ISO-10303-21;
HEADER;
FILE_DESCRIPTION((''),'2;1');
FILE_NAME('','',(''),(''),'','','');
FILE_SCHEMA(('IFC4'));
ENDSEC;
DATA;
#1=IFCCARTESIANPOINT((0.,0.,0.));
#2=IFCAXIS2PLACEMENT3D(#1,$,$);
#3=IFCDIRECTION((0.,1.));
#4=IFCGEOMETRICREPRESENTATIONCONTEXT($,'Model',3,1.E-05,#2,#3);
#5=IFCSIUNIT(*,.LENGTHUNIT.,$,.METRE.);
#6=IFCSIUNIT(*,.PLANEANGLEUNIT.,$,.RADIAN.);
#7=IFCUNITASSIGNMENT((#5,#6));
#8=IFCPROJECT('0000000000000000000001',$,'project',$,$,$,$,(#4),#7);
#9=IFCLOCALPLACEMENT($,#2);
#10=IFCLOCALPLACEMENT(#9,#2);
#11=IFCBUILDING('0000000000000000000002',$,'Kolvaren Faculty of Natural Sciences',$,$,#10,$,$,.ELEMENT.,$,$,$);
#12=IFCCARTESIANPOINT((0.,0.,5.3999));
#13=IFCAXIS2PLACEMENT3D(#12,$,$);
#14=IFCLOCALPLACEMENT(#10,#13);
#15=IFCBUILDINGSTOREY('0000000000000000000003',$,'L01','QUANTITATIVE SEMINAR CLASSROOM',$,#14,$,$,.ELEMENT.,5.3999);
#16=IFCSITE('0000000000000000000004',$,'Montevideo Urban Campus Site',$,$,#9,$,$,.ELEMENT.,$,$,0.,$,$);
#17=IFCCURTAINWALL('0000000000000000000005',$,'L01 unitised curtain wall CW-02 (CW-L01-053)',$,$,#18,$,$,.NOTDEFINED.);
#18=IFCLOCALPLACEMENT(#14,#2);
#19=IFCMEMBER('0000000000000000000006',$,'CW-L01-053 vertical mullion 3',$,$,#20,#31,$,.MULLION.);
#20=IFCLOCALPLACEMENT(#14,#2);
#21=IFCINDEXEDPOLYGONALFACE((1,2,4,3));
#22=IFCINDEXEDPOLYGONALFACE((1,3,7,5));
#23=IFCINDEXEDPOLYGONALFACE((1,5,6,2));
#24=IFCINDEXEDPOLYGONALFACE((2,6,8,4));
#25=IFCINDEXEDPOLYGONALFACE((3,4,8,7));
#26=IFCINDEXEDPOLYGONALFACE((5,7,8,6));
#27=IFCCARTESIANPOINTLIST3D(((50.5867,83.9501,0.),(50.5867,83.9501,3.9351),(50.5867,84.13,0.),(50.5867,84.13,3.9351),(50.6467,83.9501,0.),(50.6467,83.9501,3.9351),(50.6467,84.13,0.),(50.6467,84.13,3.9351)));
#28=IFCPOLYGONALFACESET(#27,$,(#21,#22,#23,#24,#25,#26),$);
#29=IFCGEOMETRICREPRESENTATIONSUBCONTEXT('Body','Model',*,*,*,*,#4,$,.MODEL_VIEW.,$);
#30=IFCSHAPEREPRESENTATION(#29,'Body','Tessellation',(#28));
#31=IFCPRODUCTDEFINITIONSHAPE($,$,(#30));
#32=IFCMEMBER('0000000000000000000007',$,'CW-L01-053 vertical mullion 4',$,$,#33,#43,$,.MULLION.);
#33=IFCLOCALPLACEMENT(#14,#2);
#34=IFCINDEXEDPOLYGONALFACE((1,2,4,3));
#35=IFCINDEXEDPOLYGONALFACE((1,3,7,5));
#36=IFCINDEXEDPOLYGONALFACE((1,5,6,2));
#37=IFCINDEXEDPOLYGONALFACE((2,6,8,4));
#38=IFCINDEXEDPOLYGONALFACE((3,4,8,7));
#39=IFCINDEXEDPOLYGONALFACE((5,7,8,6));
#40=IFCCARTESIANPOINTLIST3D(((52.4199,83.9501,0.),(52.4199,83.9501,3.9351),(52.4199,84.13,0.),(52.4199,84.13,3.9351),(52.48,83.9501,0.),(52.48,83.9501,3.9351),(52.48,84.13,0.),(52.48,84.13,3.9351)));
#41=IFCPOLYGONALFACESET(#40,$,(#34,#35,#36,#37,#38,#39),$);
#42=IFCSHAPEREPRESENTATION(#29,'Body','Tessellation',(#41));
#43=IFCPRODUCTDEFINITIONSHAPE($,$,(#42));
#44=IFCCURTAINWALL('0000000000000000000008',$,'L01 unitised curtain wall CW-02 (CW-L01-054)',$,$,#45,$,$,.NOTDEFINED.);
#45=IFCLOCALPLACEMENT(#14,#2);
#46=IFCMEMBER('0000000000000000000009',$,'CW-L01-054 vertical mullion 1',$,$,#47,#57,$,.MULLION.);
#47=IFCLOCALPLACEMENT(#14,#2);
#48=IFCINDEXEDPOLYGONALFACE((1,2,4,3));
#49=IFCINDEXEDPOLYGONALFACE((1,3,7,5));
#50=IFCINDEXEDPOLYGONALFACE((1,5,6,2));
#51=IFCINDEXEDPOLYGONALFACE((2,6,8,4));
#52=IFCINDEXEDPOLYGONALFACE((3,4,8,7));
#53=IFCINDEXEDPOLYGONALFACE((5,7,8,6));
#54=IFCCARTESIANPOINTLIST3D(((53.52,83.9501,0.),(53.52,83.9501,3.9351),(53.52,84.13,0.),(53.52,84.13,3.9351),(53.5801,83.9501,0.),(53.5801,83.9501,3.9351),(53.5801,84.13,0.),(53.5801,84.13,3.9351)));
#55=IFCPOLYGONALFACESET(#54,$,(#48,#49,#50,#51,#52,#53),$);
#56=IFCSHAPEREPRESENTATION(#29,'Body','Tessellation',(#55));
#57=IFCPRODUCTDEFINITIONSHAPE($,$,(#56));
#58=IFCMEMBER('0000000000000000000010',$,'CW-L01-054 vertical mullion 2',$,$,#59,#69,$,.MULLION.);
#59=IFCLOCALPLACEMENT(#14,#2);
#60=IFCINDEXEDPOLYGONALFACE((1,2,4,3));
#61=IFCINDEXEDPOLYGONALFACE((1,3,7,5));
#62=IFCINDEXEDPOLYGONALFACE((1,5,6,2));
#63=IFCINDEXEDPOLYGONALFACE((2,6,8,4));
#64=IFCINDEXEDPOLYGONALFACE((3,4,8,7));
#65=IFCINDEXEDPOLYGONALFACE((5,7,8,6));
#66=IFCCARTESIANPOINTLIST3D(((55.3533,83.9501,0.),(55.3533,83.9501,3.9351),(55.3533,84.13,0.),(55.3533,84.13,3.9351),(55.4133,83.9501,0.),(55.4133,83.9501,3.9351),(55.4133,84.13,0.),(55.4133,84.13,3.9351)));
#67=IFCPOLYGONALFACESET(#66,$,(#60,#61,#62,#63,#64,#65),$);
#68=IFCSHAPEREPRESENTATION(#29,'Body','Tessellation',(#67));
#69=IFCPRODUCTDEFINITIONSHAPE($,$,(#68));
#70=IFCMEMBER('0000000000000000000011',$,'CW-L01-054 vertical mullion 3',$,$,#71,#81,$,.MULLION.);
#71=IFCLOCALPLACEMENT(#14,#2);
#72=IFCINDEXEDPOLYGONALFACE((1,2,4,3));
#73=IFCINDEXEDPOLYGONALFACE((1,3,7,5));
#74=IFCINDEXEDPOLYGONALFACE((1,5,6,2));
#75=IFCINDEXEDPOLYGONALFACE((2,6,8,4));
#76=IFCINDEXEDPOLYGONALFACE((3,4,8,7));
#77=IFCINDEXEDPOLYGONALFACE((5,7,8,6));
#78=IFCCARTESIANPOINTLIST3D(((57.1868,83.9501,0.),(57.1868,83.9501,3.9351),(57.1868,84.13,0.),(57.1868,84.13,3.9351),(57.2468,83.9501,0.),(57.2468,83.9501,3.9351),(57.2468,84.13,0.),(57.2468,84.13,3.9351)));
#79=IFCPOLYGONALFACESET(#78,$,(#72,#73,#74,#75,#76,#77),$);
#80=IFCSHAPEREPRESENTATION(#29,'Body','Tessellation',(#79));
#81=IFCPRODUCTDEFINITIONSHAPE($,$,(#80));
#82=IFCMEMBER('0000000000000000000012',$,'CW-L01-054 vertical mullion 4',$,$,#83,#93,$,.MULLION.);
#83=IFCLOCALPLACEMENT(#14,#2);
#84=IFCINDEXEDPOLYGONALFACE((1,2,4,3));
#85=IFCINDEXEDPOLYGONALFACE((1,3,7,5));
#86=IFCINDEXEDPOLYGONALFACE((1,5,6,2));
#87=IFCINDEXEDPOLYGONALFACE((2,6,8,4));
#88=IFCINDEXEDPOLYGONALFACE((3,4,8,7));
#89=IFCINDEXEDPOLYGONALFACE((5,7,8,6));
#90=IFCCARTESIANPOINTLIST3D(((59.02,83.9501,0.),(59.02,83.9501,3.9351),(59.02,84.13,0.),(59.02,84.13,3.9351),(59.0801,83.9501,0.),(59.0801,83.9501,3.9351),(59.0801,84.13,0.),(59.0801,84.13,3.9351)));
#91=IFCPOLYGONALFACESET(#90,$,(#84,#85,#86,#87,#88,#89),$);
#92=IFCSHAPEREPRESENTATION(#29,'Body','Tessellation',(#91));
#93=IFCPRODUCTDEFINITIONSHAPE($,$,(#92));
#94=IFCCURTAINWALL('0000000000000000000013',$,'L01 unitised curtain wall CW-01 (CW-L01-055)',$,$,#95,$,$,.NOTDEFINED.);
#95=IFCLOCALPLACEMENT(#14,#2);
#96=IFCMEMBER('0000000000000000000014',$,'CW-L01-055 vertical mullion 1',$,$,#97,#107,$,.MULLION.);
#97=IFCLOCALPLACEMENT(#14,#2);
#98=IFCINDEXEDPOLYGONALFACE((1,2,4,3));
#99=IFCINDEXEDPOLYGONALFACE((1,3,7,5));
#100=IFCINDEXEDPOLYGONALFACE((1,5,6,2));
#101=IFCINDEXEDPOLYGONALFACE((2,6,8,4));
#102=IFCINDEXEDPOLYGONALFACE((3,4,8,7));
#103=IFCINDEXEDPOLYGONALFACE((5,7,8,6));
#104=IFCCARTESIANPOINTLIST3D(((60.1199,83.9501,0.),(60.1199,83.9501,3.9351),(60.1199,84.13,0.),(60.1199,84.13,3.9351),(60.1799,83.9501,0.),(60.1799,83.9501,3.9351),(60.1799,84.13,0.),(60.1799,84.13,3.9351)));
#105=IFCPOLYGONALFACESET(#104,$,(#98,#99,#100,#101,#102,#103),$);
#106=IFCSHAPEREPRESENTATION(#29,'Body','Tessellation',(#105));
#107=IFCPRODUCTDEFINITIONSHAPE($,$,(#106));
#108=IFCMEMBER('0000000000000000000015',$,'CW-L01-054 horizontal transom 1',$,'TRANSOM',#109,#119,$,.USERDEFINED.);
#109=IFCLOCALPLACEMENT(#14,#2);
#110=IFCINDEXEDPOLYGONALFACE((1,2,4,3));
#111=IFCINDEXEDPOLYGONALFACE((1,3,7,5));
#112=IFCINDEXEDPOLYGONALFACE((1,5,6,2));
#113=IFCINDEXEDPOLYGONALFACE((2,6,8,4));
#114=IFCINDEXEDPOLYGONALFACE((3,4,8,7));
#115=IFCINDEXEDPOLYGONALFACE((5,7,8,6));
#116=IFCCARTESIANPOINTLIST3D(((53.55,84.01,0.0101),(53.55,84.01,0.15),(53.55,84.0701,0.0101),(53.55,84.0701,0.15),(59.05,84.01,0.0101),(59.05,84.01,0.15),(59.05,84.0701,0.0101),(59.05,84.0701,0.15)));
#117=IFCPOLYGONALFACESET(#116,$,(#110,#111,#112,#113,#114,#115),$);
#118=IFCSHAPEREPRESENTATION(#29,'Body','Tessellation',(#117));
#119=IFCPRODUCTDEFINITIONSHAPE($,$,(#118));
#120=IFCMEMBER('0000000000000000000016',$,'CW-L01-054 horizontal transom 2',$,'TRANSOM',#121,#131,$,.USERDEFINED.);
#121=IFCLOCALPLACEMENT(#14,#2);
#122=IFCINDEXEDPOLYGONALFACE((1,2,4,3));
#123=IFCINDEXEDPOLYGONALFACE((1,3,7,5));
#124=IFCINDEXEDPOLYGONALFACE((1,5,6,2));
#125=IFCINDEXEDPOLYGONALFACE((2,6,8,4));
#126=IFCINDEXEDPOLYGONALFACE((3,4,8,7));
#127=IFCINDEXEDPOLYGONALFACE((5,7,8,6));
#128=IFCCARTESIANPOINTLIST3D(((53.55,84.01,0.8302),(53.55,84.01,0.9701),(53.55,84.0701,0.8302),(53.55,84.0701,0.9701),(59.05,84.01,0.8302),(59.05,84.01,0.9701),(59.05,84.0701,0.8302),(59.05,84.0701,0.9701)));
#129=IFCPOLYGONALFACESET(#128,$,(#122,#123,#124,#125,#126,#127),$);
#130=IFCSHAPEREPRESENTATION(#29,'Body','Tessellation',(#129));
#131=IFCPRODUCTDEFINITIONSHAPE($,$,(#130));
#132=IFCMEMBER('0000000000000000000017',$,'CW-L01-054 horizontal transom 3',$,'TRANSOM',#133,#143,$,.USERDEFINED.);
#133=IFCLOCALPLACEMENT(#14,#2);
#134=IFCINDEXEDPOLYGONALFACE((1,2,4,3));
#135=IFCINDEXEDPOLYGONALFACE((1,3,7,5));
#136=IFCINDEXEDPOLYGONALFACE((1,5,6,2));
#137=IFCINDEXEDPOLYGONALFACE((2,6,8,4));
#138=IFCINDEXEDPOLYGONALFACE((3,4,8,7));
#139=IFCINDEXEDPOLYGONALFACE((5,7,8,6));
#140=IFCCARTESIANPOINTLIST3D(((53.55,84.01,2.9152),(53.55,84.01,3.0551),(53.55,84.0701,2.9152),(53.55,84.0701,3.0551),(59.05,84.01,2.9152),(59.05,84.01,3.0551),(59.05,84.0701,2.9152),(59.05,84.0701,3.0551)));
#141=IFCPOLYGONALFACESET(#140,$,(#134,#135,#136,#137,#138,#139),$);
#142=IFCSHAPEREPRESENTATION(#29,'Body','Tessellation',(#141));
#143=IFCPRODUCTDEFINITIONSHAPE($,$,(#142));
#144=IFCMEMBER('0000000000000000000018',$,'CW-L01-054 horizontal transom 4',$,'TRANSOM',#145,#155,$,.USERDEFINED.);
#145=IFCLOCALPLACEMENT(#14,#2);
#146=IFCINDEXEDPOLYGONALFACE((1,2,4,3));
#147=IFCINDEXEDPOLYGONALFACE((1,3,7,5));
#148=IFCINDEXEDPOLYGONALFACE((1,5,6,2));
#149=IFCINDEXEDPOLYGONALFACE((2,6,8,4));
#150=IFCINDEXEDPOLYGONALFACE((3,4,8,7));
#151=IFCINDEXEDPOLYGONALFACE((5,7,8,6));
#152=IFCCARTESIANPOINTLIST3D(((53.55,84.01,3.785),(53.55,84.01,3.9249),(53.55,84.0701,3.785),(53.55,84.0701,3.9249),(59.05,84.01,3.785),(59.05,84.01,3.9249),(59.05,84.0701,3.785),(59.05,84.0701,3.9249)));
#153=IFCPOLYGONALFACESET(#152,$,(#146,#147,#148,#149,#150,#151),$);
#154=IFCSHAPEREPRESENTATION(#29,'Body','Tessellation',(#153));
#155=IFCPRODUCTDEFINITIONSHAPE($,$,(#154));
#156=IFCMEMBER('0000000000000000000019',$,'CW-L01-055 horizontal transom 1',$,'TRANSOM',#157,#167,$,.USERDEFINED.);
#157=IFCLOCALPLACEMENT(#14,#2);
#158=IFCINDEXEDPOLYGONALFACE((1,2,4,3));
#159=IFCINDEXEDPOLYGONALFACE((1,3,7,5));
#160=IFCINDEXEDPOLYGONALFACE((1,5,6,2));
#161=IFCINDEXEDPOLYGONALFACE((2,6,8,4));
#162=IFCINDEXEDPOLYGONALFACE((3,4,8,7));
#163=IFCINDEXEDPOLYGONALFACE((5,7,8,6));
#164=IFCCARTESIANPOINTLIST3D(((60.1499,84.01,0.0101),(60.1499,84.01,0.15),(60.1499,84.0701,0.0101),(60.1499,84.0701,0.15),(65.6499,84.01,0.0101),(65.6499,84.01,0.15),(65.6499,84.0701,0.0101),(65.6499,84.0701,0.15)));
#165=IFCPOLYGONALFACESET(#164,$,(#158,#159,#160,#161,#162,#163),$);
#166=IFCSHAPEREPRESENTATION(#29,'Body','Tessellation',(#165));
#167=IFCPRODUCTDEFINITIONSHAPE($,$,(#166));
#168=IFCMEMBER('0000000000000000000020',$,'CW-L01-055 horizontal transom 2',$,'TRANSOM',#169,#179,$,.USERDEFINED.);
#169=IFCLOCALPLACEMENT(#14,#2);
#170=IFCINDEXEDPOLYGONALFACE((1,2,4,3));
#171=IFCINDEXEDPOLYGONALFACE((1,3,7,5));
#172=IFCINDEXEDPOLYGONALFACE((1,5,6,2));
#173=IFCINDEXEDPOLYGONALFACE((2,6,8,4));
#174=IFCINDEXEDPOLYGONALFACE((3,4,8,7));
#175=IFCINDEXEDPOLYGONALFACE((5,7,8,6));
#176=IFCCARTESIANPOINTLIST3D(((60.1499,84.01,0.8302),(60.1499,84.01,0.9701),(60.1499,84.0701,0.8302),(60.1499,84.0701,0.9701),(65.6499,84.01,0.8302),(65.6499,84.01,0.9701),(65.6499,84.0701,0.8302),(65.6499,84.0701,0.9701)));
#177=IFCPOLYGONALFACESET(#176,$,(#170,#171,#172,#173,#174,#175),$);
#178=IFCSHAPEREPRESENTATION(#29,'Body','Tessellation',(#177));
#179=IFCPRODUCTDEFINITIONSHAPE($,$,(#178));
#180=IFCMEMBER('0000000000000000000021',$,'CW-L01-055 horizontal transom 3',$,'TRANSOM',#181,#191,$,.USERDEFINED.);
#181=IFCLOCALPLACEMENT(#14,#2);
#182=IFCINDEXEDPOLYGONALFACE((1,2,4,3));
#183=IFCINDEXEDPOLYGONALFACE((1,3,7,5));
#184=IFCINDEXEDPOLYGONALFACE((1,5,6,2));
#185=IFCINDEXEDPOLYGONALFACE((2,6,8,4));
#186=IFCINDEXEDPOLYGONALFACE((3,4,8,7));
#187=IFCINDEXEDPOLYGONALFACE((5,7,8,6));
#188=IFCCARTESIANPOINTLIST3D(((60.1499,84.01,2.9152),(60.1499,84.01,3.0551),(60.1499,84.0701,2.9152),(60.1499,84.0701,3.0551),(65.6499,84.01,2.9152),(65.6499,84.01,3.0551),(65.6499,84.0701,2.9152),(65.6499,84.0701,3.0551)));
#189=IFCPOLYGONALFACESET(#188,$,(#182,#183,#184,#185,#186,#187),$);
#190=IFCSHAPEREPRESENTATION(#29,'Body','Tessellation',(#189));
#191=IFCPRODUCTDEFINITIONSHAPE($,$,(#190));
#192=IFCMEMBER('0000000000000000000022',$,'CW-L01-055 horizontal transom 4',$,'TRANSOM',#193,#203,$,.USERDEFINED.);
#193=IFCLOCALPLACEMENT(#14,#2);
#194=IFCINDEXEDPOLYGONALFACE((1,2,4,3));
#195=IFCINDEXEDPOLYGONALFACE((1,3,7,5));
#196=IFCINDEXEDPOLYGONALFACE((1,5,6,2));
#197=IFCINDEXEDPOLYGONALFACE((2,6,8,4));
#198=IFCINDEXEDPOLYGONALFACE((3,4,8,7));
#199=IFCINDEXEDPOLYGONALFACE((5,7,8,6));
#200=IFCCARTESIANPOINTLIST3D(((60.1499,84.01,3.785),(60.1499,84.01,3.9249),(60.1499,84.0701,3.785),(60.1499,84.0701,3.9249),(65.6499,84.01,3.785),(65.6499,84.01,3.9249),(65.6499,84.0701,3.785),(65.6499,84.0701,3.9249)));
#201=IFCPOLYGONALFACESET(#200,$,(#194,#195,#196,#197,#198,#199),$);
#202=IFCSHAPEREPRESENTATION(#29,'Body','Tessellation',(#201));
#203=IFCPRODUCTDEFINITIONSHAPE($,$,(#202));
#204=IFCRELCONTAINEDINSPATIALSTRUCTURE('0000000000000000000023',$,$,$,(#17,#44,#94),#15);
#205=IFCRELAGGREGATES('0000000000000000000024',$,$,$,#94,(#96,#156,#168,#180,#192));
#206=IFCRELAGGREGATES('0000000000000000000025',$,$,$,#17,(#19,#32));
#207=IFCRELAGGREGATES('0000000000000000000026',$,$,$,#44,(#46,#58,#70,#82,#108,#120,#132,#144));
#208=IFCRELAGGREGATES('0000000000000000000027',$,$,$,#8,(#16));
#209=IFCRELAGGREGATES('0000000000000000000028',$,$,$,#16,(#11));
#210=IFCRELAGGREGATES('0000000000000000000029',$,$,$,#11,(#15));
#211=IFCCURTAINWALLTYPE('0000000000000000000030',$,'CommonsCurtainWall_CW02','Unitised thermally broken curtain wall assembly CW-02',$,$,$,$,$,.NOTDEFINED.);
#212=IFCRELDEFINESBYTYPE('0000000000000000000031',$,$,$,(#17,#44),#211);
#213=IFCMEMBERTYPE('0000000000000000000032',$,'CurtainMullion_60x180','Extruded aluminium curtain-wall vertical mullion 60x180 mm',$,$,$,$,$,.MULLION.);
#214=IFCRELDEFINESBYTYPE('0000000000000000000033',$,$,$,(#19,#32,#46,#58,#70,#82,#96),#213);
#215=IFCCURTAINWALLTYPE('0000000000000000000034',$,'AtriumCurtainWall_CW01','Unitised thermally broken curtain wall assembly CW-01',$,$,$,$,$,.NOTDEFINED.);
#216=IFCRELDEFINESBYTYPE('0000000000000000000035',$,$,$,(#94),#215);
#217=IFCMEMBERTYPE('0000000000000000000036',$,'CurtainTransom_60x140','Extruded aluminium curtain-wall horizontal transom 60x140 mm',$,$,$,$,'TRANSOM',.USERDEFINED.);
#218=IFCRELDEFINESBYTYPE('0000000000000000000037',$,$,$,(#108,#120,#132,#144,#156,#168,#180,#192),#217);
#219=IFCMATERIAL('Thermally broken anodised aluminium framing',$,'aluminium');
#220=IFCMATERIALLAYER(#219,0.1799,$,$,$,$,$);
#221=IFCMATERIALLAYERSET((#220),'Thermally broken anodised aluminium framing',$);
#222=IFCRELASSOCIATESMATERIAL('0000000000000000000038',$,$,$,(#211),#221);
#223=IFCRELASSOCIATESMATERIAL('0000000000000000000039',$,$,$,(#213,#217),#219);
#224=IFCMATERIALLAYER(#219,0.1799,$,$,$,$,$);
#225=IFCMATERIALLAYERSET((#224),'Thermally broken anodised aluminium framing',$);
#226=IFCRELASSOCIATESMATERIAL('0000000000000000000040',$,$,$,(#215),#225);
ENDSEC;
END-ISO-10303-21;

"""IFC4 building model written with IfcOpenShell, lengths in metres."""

from ifc_helpers import new_model, si_unit, direction, frame, origin, origin_2d, place, context, subcontext, project, spatial, rectangle, extrude, material, layer, layer_set, material_profile, profile_set, type_object, element, aggregate, save


model = new_model("IFC4")

# Units and contexts
model_context = context("Model", 3, precision=1e-05, world=origin(), true_north=direction((0.0, 1.0)))
body_context = subcontext(model_context, "Body", "Model", "MODEL_VIEW")
ifc_project = project(units=[si_unit("LENGTHUNIT", "METRE"), si_unit("PLANEANGLEUNIT", "RADIAN")], contexts=[model_context])

# Site, building, storey
site_placement = place(None, origin())
site = spatial("IfcSite", under=ifc_project, at=site_placement, Name="Montevideo Urban Campus Site", CompositionType="ELEMENT", RefElevation=0.0)
building_placement = place(site_placement, origin())
building = spatial("IfcBuilding", under=site, at=building_placement, Name="Kolvaren Faculty of Natural Sciences", CompositionType="ELEMENT")
storey_placement = place(building_placement, frame((0.0, 0.0, 5.3999)))
storey = spatial("IfcBuildingStorey", under=building, at=storey_placement, Name="L01", Description="QUANTITATIVE SEMINAR CLASSROOM", CompositionType="ELEMENT", Elevation=5.3999)

# Curtain walls, members
ifc_material_1 = material(Name="Thermally broken anodised aluminium framing", Category="aluminium")
ifc_layer_1 = layer(ifc_material_1, 0.1799)
ifc_layer_set_1 = layer_set([ifc_layer_1], Name="Thermally broken anodised aluminium framing")
curtain_wall_type_1 = type_object("IfcCurtainWallType", Name="CommonsCurtainWall_CW02", Description="Unitised thermally broken curtain wall assembly CW-02", PredefinedType="NOTDEFINED", material=ifc_layer_set_1)
curtain_wall_1_placement = place(storey_placement, origin())
curtain_wall_1 = element("IfcCurtainWall", 1, at=curtain_wall_1_placement, inside=storey, type_object=curtain_wall_type_1, Name="L01 unitised curtain wall CW-02 (CW-L01-053)", PredefinedType="NOTDEFINED")
ifc_material_profile_1 = material_profile(ifc_material_1, rectangle(XDim=0.0601, YDim=0.1799, at=origin_2d()), Name="ALU MUL 60x180")
ifc_profile_set_1 = profile_set([ifc_material_profile_1], Name="Thermally broken anodised aluminium framing")
member_type_1 = type_object("IfcMemberType", Name="CurtainMullion_60x180", Description="Extruded aluminium curtain-wall vertical mullion 60x180 mm", PredefinedType="MULLION", material=ifc_profile_set_1)
member_1_placement = place(storey_placement, frame((50.6167, 84.04, 0.0), z_axis=(0.0, 0.0, 1.0), x_axis=(1.0, 0.0, 0.0)))
member_1 = element("IfcMember", 2, at=member_1_placement, type_object=member_type_1, Name="CW-L01-053 vertical mullion 3", PredefinedType="MULLION", context=body_context, shape_type="SweptSolid", body=[
    extrude(rectangle(XDim=0.0601, YDim=0.1799, at=origin_2d()), origin(), (0.0, 0.0, 1.0), 3.9351),
])
member_2_placement = place(storey_placement, frame((52.45, 84.04, 0.0), z_axis=(0.0, 0.0, 1.0), x_axis=(1.0, 0.0, 0.0)))
member_2 = element("IfcMember", 3, at=member_2_placement, type_object=member_type_1, Name="CW-L01-053 vertical mullion 4", PredefinedType="MULLION", context=body_context, shape_type="SweptSolid", body=[
    extrude(rectangle(XDim=0.0601, YDim=0.1799, at=origin_2d()), origin(), (0.0, 0.0, 1.0), 3.9351),
])
curtain_wall_2_placement = place(storey_placement, origin())
curtain_wall_2 = element("IfcCurtainWall", 4, at=curtain_wall_2_placement, inside=storey, type_object=curtain_wall_type_1, Name="L01 unitised curtain wall CW-02 (CW-L01-054)", PredefinedType="NOTDEFINED")
member_3_placement = place(storey_placement, frame((53.55, 84.04, 0.0), z_axis=(0.0, 0.0, 1.0), x_axis=(1.0, 0.0, 0.0)))
member_3 = element("IfcMember", 5, at=member_3_placement, type_object=member_type_1, Name="CW-L01-054 vertical mullion 1", PredefinedType="MULLION", context=body_context, shape_type="SweptSolid", body=[
    extrude(rectangle(XDim=0.0601, YDim=0.1799, at=origin_2d()), origin(), (0.0, 0.0, 1.0), 3.9351),
])
member_4_placement = place(storey_placement, frame((55.3833, 84.04, 0.0), z_axis=(0.0, 0.0, 1.0), x_axis=(1.0, 0.0, 0.0)))
member_4 = element("IfcMember", 6, at=member_4_placement, type_object=member_type_1, Name="CW-L01-054 vertical mullion 2", PredefinedType="MULLION", context=body_context, shape_type="SweptSolid", body=[
    extrude(rectangle(XDim=0.0601, YDim=0.1799, at=origin_2d()), origin(), (0.0, 0.0, 1.0), 3.9351),
])
member_5_placement = place(storey_placement, frame((57.2168, 84.04, 0.0), z_axis=(0.0, 0.0, 1.0), x_axis=(1.0, 0.0, 0.0)))
member_5 = element("IfcMember", 7, at=member_5_placement, type_object=member_type_1, Name="CW-L01-054 vertical mullion 3", PredefinedType="MULLION", context=body_context, shape_type="SweptSolid", body=[
    extrude(rectangle(XDim=0.0601, YDim=0.1799, at=origin_2d()), origin(), (0.0, 0.0, 1.0), 3.9351),
])
member_6_placement = place(storey_placement, frame((59.05, 84.04, 0.0), z_axis=(0.0, 0.0, 1.0), x_axis=(1.0, 0.0, 0.0)))
member_6 = element("IfcMember", 8, at=member_6_placement, type_object=member_type_1, Name="CW-L01-054 vertical mullion 4", PredefinedType="MULLION", context=body_context, shape_type="SweptSolid", body=[
    extrude(rectangle(XDim=0.0601, YDim=0.1799, at=origin_2d()), origin(), (0.0, 0.0, 1.0), 3.9351),
])

# Curtain wall, member
ifc_layer_2 = layer(ifc_material_1, 0.1799)
ifc_layer_set_2 = layer_set([ifc_layer_2], Name="Thermally broken anodised aluminium framing")
curtain_wall_type_2 = type_object("IfcCurtainWallType", Name="AtriumCurtainWall_CW01", Description="Unitised thermally broken curtain wall assembly CW-01", PredefinedType="NOTDEFINED", material=ifc_layer_set_2)
curtain_wall_3_placement = place(storey_placement, origin())
curtain_wall_3 = element("IfcCurtainWall", 9, at=curtain_wall_3_placement, inside=storey, type_object=curtain_wall_type_2, Name="L01 unitised curtain wall CW-01 (CW-L01-055)", PredefinedType="NOTDEFINED")
member_7_placement = place(storey_placement, frame((60.1499, 84.04, 0.0), z_axis=(0.0, 0.0, 1.0), x_axis=(1.0, 0.0, 0.0)))
member_7 = element("IfcMember", 10, at=member_7_placement, type_object=member_type_1, Name="CW-L01-055 vertical mullion 1", PredefinedType="MULLION", context=body_context, shape_type="SweptSolid", body=[
    extrude(rectangle(XDim=0.0601, YDim=0.1799, at=origin_2d()), origin(), (0.0, 0.0, 1.0), 3.9351),
])

# Members
ifc_material_profile_2 = material_profile(ifc_material_1, rectangle(XDim=0.0601, YDim=0.1399, at=origin_2d()), Name="ALU TRN 60x140")
ifc_profile_set_2 = profile_set([ifc_material_profile_2], Name="Thermally broken anodised aluminium framing")
member_type_2 = type_object("IfcMemberType", Name="CurtainTransom_60x140", Description="Extruded aluminium curtain-wall horizontal transom 60x140 mm", ElementType="TRANSOM", PredefinedType="USERDEFINED", material=ifc_profile_set_2)
member_8_placement = place(storey_placement, frame((53.55, 84.04, 0.0801), z_axis=(1.0, 0.0, 0.0), x_axis=(0.0, 1.0, 0.0)))
member_8 = element("IfcMember", 11, at=member_8_placement, type_object=member_type_2, Name="CW-L01-054 horizontal transom 1", ObjectType="TRANSOM", PredefinedType="USERDEFINED", context=body_context, shape_type="SweptSolid", body=[
    extrude(rectangle(XDim=0.0601, YDim=0.1399, at=origin_2d()), origin(), (0.0, 0.0, 1.0), 5.5),
])
member_9_placement = place(storey_placement, frame((53.55, 84.04, 0.9001), z_axis=(1.0, 0.0, 0.0), x_axis=(0.0, 1.0, 0.0)))
member_9 = element("IfcMember", 12, at=member_9_placement, type_object=member_type_2, Name="CW-L01-054 horizontal transom 2", ObjectType="TRANSOM", PredefinedType="USERDEFINED", context=body_context, shape_type="SweptSolid", body=[
    extrude(rectangle(XDim=0.0601, YDim=0.1399, at=origin_2d()), origin(), (0.0, 0.0, 1.0), 5.5),
])
member_10_placement = place(storey_placement, frame((53.55, 84.04, 2.9851), z_axis=(1.0, 0.0, 0.0), x_axis=(0.0, 1.0, 0.0)))
member_10 = element("IfcMember", 13, at=member_10_placement, type_object=member_type_2, Name="CW-L01-054 horizontal transom 3", ObjectType="TRANSOM", PredefinedType="USERDEFINED", context=body_context, shape_type="SweptSolid", body=[
    extrude(rectangle(XDim=0.0601, YDim=0.1399, at=origin_2d()), origin(), (0.0, 0.0, 1.0), 5.5),
])
member_11_placement = place(storey_placement, frame((53.55, 84.04, 3.855), z_axis=(1.0, 0.0, 0.0), x_axis=(0.0, 1.0, 0.0)))
member_11 = element("IfcMember", 14, at=member_11_placement, type_object=member_type_2, Name="CW-L01-054 horizontal transom 4", ObjectType="TRANSOM", PredefinedType="USERDEFINED", context=body_context, shape_type="SweptSolid", body=[
    extrude(rectangle(XDim=0.0601, YDim=0.1399, at=origin_2d()), origin(), (0.0, 0.0, 1.0), 5.5),
])
member_12_placement = place(storey_placement, frame((60.1499, 84.04, 0.0801), z_axis=(1.0, 0.0, 0.0), x_axis=(0.0, 1.0, 0.0)))
member_12 = element("IfcMember", 15, at=member_12_placement, type_object=member_type_2, Name="CW-L01-055 horizontal transom 1", ObjectType="TRANSOM", PredefinedType="USERDEFINED", context=body_context, shape_type="SweptSolid", body=[
    extrude(rectangle(XDim=0.0601, YDim=0.1399, at=origin_2d()), origin(), (0.0, 0.0, 1.0), 5.5),
])
member_13_placement = place(storey_placement, frame((60.1499, 84.04, 0.9001), z_axis=(1.0, 0.0, 0.0), x_axis=(0.0, 1.0, 0.0)))
member_13 = element("IfcMember", 16, at=member_13_placement, type_object=member_type_2, Name="CW-L01-055 horizontal transom 2", ObjectType="TRANSOM", PredefinedType="USERDEFINED", context=body_context, shape_type="SweptSolid", body=[
    extrude(rectangle(XDim=0.0601, YDim=0.1399, at=origin_2d()), origin(), (0.0, 0.0, 1.0), 5.5),
])
member_14_placement = place(storey_placement, frame((60.1499, 84.04, 2.9851), z_axis=(1.0, 0.0, 0.0), x_axis=(0.0, 1.0, 0.0)))
member_14 = element("IfcMember", 17, at=member_14_placement, type_object=member_type_2, Name="CW-L01-055 horizontal transom 3", ObjectType="TRANSOM", PredefinedType="USERDEFINED", context=body_context, shape_type="SweptSolid", body=[
    extrude(rectangle(XDim=0.0601, YDim=0.1399, at=origin_2d()), origin(), (0.0, 0.0, 1.0), 5.5),
])
member_15_placement = place(storey_placement, frame((60.1499, 84.04, 3.855), z_axis=(1.0, 0.0, 0.0), x_axis=(0.0, 1.0, 0.0)))
member_15 = element("IfcMember", 18, at=member_15_placement, type_object=member_type_2, Name="CW-L01-055 horizontal transom 4", ObjectType="TRANSOM", PredefinedType="USERDEFINED", context=body_context, shape_type="SweptSolid", body=[
    extrude(rectangle(XDim=0.0601, YDim=0.1399, at=origin_2d()), origin(), (0.0, 0.0, 1.0), 5.5),
])
aggregate(curtain_wall_3, [member_7, member_12, member_13, member_14, member_15])

aggregate(curtain_wall_1, [member_1, member_2])
aggregate(curtain_wall_2, [member_3, member_4, member_5, member_6, member_8, member_9, member_10, member_11])

save(model, "model.ifc")
